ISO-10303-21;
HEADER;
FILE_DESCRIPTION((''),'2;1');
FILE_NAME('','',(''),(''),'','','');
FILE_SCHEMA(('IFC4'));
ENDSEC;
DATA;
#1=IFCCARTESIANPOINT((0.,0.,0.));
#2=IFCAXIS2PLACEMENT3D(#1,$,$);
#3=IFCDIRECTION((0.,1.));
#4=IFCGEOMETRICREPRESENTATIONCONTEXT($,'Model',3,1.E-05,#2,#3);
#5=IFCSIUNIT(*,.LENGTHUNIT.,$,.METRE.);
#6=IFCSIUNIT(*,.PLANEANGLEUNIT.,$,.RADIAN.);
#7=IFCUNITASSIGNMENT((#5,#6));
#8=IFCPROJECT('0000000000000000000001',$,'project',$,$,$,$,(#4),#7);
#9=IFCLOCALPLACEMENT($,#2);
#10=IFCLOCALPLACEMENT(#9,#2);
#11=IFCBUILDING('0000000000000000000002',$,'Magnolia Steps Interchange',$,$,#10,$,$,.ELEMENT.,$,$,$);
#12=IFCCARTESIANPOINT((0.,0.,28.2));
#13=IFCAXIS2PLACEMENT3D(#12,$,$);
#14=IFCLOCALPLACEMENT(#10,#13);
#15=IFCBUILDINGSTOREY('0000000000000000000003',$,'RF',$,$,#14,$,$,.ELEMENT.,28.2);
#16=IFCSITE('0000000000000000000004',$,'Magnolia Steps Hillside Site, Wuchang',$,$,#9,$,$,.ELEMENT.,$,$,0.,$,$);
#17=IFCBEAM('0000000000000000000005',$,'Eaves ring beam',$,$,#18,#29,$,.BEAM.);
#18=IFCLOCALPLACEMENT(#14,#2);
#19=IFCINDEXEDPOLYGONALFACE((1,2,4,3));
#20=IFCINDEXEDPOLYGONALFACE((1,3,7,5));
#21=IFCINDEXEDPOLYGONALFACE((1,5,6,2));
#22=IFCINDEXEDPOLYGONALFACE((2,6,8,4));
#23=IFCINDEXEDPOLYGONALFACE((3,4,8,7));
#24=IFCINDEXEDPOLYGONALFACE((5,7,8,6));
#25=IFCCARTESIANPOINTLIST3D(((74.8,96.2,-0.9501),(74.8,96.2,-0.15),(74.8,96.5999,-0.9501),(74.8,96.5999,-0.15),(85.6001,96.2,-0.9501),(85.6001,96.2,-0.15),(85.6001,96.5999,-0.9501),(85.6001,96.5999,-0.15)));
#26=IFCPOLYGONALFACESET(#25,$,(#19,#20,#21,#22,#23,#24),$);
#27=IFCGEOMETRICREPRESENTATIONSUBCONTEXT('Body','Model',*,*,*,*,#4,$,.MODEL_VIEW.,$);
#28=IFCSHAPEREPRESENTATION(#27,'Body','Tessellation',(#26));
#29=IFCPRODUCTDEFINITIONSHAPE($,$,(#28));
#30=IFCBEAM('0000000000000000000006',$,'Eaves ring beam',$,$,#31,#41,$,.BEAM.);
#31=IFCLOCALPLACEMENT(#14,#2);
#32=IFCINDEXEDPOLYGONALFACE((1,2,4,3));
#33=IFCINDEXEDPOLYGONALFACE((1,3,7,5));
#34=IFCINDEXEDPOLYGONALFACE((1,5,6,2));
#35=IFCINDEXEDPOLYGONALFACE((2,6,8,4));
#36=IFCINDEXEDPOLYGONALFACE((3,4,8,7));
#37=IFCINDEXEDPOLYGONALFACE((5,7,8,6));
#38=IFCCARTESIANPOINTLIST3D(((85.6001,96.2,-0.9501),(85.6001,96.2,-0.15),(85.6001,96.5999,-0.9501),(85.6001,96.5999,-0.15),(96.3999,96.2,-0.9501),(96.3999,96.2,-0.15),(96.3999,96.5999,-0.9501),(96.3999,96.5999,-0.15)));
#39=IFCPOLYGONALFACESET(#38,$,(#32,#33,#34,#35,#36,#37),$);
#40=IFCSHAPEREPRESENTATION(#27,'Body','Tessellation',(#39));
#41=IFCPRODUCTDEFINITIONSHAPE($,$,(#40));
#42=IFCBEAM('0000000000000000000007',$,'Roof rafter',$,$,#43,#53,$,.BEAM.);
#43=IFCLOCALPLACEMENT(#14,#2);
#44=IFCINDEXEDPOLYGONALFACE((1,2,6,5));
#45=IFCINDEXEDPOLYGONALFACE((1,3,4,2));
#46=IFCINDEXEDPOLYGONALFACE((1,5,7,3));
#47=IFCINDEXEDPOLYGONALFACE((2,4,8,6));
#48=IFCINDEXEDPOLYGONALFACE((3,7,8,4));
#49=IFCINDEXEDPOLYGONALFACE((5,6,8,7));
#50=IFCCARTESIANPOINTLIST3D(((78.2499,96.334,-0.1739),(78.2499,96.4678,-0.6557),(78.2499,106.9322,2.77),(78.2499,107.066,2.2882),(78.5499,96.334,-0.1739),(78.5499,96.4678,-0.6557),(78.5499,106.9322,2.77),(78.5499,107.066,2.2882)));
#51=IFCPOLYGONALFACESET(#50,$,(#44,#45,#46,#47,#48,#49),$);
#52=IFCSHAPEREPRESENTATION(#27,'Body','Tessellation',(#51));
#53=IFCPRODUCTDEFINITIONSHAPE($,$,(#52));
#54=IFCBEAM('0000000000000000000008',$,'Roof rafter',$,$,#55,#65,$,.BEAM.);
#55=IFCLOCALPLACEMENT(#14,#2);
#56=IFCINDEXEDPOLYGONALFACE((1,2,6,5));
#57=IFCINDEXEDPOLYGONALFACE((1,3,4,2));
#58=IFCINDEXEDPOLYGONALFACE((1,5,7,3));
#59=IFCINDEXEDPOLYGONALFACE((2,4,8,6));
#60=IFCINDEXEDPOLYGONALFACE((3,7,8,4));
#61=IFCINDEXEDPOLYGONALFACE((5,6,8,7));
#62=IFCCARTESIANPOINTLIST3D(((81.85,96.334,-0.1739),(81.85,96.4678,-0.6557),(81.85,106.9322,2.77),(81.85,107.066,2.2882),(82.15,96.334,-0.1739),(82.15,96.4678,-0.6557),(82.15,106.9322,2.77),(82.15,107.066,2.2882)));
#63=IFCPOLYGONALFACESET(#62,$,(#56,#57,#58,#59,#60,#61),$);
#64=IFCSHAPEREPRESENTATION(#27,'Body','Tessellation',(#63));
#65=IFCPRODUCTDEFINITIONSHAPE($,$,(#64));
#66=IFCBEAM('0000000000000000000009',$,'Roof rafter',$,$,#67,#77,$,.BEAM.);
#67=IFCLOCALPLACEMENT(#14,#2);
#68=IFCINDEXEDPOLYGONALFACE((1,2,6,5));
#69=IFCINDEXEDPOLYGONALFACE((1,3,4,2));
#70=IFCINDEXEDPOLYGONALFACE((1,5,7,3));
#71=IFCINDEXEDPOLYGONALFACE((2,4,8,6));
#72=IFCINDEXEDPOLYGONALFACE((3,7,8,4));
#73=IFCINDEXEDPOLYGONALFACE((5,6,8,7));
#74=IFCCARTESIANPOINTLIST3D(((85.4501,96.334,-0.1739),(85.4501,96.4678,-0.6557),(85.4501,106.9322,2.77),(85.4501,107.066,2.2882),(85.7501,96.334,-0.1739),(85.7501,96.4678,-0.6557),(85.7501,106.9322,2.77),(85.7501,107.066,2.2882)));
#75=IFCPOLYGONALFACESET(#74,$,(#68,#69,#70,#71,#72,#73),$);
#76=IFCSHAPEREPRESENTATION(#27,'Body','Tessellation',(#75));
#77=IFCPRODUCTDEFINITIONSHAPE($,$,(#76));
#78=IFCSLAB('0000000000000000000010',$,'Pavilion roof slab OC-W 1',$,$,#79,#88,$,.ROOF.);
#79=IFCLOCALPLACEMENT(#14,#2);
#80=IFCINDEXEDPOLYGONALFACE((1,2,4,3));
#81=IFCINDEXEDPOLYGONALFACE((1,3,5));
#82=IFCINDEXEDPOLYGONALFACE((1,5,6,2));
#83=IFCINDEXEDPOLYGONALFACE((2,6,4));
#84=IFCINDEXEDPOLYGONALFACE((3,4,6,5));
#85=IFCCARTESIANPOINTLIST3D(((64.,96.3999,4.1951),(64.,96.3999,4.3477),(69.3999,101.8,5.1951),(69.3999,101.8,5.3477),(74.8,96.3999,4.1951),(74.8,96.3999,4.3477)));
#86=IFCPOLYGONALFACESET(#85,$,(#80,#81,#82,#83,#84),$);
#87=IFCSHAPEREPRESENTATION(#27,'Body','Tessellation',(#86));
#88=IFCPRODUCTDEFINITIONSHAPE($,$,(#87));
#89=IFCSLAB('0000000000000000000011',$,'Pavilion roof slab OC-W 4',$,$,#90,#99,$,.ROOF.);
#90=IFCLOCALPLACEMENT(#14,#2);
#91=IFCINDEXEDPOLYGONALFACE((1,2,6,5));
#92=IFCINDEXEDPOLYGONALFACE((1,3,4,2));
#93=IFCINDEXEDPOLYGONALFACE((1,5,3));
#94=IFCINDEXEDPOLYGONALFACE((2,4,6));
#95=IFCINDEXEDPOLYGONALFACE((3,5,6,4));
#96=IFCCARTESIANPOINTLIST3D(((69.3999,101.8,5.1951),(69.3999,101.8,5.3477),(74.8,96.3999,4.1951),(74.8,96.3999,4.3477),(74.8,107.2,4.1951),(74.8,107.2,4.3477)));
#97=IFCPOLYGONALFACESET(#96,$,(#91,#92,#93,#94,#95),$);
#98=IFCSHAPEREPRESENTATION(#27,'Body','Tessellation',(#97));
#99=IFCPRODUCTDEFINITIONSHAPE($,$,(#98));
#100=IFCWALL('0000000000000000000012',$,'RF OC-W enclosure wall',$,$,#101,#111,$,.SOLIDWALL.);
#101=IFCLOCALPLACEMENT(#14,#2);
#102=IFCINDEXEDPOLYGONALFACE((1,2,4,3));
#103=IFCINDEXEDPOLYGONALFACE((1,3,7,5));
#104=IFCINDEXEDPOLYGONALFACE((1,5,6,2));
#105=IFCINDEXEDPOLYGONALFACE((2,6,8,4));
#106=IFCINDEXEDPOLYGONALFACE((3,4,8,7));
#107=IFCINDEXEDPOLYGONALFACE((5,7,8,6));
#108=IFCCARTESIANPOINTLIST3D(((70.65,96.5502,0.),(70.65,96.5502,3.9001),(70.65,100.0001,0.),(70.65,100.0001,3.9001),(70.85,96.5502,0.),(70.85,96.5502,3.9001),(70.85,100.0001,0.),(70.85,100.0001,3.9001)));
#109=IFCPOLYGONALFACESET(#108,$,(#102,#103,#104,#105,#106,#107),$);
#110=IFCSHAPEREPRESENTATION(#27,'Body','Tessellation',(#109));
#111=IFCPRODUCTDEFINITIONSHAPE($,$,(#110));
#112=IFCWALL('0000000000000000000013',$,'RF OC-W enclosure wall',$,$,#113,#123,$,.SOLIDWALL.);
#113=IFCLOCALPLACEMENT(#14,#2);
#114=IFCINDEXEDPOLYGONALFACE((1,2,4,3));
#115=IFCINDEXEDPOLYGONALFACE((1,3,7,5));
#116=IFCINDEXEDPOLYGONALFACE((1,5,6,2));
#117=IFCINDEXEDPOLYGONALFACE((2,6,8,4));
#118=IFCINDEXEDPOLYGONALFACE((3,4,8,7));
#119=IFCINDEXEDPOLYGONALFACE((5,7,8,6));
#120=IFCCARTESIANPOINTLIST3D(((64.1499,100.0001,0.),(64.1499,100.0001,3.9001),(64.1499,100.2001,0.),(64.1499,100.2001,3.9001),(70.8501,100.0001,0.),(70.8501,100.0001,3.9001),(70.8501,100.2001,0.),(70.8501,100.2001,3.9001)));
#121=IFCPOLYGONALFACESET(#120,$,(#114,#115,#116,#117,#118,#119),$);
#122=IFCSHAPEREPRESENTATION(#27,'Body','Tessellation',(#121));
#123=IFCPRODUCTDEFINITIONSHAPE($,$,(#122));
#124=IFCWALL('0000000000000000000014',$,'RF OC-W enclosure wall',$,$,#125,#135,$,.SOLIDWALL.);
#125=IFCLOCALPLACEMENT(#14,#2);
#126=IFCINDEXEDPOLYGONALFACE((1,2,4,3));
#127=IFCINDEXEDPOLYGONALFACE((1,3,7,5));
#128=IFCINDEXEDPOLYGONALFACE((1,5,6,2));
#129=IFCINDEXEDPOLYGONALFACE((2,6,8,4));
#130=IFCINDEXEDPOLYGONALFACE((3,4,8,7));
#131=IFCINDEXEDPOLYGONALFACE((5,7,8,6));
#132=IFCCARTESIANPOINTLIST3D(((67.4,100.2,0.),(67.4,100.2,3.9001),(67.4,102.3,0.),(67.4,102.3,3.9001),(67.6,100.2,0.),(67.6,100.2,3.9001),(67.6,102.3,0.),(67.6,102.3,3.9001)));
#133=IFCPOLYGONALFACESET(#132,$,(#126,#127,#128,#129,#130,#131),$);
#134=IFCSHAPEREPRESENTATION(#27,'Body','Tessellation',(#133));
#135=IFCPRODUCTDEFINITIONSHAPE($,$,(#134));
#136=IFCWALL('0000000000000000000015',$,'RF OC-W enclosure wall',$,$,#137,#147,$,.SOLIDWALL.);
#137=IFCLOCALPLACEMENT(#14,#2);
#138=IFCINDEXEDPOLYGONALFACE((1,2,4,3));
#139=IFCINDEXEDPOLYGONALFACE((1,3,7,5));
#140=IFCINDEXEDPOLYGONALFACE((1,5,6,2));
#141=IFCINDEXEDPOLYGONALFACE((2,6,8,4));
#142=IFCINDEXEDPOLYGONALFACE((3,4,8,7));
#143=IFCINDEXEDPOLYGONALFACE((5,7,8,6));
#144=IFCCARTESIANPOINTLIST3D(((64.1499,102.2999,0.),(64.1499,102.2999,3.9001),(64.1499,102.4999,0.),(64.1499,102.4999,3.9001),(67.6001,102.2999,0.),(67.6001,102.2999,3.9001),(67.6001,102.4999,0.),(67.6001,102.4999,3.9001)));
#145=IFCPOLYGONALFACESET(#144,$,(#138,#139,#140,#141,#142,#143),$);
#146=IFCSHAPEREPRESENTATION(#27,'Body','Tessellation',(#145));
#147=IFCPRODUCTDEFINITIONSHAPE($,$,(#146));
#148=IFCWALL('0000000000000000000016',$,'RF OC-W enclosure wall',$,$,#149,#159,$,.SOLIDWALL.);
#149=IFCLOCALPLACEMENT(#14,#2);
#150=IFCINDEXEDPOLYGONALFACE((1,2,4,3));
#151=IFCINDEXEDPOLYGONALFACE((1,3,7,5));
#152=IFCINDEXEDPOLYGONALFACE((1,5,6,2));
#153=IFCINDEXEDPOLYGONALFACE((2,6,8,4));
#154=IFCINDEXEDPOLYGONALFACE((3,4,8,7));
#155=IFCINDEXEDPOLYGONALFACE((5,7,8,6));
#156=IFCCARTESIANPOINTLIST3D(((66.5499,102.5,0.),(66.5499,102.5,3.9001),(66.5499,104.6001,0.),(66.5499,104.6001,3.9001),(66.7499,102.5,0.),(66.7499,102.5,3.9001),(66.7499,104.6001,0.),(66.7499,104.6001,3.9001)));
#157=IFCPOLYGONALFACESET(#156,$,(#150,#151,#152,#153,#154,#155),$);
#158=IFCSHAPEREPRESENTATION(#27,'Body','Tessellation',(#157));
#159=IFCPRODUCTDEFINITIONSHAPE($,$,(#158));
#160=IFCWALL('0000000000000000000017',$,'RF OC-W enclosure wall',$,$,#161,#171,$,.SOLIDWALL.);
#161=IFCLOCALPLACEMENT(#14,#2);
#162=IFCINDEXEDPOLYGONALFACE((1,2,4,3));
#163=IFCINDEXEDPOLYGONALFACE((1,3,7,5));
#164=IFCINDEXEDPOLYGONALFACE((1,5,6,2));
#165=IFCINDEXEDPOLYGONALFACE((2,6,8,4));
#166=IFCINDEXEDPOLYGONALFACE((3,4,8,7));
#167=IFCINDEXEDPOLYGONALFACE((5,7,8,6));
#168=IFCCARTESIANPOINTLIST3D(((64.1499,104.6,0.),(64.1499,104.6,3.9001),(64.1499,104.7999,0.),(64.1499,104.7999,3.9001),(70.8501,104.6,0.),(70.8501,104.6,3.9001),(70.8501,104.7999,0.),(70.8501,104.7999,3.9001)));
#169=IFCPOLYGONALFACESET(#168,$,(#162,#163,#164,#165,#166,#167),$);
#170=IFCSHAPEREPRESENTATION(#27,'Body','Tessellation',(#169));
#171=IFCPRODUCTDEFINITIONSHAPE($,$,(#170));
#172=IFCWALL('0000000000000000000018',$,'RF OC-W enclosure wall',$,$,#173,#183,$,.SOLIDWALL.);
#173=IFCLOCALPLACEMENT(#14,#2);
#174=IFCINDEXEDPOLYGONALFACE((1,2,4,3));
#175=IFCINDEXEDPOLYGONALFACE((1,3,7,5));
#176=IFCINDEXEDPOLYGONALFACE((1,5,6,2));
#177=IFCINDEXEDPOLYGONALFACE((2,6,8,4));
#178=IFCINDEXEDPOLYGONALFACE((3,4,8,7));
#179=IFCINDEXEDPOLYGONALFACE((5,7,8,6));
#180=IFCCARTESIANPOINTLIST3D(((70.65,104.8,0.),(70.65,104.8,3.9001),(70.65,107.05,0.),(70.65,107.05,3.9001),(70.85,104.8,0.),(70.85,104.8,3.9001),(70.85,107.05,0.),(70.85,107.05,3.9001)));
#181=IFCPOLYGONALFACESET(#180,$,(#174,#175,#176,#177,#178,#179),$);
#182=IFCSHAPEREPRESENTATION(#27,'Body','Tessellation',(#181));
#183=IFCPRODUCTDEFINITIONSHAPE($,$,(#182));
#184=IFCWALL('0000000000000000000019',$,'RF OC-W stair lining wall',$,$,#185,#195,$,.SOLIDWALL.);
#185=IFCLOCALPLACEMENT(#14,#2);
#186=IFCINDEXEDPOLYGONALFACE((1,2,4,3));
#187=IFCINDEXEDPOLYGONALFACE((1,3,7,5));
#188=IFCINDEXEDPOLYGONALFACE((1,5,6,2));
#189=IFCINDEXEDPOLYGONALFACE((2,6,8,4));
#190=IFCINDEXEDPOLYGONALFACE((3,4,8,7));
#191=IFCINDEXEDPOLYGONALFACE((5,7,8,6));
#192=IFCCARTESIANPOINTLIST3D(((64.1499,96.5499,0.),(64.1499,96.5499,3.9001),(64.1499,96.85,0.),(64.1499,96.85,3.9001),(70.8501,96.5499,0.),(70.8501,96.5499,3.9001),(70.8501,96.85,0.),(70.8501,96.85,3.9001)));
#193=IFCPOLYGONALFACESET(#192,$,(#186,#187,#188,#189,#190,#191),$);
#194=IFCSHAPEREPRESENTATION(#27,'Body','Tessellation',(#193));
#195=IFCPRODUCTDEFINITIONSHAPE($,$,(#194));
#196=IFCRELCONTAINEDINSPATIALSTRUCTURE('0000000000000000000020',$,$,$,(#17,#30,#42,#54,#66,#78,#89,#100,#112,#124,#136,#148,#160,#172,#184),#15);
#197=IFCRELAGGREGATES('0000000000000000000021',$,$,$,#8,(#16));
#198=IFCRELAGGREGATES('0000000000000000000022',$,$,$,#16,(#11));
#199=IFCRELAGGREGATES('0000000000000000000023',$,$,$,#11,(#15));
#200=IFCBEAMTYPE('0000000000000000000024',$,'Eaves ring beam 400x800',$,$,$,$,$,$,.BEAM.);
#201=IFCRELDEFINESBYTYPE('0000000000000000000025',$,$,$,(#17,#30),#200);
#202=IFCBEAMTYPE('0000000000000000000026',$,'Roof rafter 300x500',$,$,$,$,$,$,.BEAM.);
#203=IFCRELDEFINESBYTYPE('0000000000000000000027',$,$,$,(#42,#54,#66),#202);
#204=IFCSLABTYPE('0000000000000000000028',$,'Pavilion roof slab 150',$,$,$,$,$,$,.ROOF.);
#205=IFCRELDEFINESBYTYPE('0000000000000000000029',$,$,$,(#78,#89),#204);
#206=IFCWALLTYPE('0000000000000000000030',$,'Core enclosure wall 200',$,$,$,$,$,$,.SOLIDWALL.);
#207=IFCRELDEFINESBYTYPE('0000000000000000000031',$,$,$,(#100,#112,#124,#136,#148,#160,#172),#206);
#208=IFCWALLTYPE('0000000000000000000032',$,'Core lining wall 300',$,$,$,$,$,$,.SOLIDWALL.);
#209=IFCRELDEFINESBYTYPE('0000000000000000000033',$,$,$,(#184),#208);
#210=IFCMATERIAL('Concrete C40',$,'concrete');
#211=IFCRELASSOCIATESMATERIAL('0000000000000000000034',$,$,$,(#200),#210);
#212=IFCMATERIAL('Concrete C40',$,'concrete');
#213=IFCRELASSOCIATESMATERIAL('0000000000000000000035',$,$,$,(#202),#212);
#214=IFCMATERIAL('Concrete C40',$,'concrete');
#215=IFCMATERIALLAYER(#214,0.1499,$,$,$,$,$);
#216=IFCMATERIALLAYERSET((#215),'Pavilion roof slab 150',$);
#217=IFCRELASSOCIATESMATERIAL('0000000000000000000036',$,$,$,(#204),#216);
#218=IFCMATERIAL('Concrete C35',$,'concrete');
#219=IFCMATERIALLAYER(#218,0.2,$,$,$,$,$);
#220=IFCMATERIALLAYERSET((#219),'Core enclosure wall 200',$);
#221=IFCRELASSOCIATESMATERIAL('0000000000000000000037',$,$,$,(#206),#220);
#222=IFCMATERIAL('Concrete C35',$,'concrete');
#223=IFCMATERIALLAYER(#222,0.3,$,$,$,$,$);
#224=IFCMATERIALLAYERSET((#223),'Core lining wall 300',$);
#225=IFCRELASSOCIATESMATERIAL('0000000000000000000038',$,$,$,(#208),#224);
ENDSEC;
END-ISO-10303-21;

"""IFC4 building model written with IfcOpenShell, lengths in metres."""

from ifc_helpers import new_model, si_unit, direction, frame, frame_2d, origin, origin_2d, place, context, subcontext, project, spatial, polyline, rectangle, outline, extrude, material, layer, layer_set, material_profile, profile_set, type_object, element, save


model = new_model("IFC4")

# Units and contexts
model_context = context("Model", 3, precision=1e-05, world=origin(), true_north=direction((0.0, 1.0)))
body_context = subcontext(model_context, "Body", "Model", "MODEL_VIEW")
ifc_project = project(units=[si_unit("LENGTHUNIT", "METRE"), si_unit("PLANEANGLEUNIT", "RADIAN")], contexts=[model_context])

# Site, building, storey
site_placement = place(None, origin())
site = spatial("IfcSite", under=ifc_project, at=site_placement, Name="Magnolia Steps Hillside Site, Wuchang", CompositionType="ELEMENT", RefElevation=0.0)
building_placement = place(site_placement, origin())
building = spatial("IfcBuilding", under=site, at=building_placement, Name="Magnolia Steps Interchange", CompositionType="ELEMENT")
storey_placement = place(building_placement, frame((0.0, 0.0, 28.2)))
storey = spatial("IfcBuildingStorey", under=building, at=storey_placement, Name="RF", CompositionType="ELEMENT", Elevation=28.2)

# Beams
ifc_material_1 = material(Name="Concrete C40", Category="concrete")
ifc_material_profile_1 = material_profile(ifc_material_1, rectangle(XDim=0.3999, YDim=0.8, at=origin_2d()), Name="RC400x800")
ifc_profile_set_1 = profile_set([ifc_material_profile_1], Name="Concrete C40")
beam_type_1 = type_object("IfcBeamType", Name="Eaves ring beam 400x800", PredefinedType="BEAM", material=ifc_profile_set_1)
beam_1_placement = place(storey_placement, frame((74.8, 96.3999, -0.55), z_axis=(1.0, 0.0, 0.0), x_axis=(0.0, 1.0, 0.0)))
element("IfcBeam", 1, at=beam_1_placement, inside=storey, type_object=beam_type_1, Name="Eaves ring beam", PredefinedType="BEAM", context=body_context, shape_type="SweptSolid", body=[
    extrude(rectangle(XDim=0.3999, YDim=0.8, at=origin_2d()), origin(), (0.0, 0.0, 1.0), 10.8),
])
beam_2_placement = place(storey_placement, frame((85.6001, 96.3999, -0.55), z_axis=(1.0, 0.0, 0.0), x_axis=(0.0, 1.0, 0.0)))
element("IfcBeam", 2, at=beam_2_placement, inside=storey, type_object=beam_type_1, Name="Eaves ring beam", PredefinedType="BEAM", context=body_context, shape_type="SweptSolid", body=[
    extrude(rectangle(XDim=0.3999, YDim=0.8, at=origin_2d()), origin(), (0.0, 0.0, 1.0), 10.7998),
])
ifc_material_2 = material(Name="Concrete C40", Category="concrete")
ifc_material_profile_2 = material_profile(ifc_material_2, rectangle(XDim=0.3, YDim=0.5, at=origin_2d()), Name="RC300x500")
ifc_profile_set_2 = profile_set([ifc_material_profile_2], Name="Concrete C40")
beam_type_2 = type_object("IfcBeamType", Name="Roof rafter 300x500", PredefinedType="BEAM", material=ifc_profile_set_2)
for number, where, z_axis, x_axis, name in (
    (3, (78.3999, 96.4009, -0.4148), (0.0, 0.96352, 0.267637), (-1.0, 0.0, 0.0), "Roof rafter"),
    (4, (82.0, 96.4009, -0.4148), (0.0, 0.96352, 0.267637), (-1.0, 0.0, 0.0), "Roof rafter"),
    (5, (85.6001, 96.4009, -0.4148), (0.0, 0.96352, 0.267637), (-1.0, 0.0, 0.0), "Roof rafter"),
):
    element("IfcBeam", number, at=place(storey_placement, frame(where, z_axis=z_axis, x_axis=x_axis)), inside=storey, type_object=beam_type_2, Name=name, PredefinedType="BEAM", context=body_context, shape_type="SweptSolid", body=[
        extrude(rectangle(XDim=0.3, YDim=0.5, at=origin_2d()), origin(), (0.0, 0.0, 1.0), 10.9995),
    ])

# Slabs
ifc_material_3 = material(Name="Concrete C40", Category="concrete")
ifc_layer_1 = layer(ifc_material_3, 0.1499)
ifc_layer_set_1 = layer_set([ifc_layer_1], Name="Pavilion roof slab 150")
slab_type = type_object("IfcSlabType", Name="Pavilion roof slab 150", PredefinedType="ROOF", material=ifc_layer_set_1)
slab_1_placement = place(storey_placement, frame((64.0, 96.3999, 4.3477), z_axis=(0.0, -0.182084, 0.983283), x_axis=(1.0, 0.0, 0.0)))
element("IfcSlab", 6, at=slab_1_placement, inside=storey, type_object=slab_type, Name="Pavilion roof slab OC-W 1", PredefinedType="ROOF", context=body_context, shape_type="SweptSolid", body=[
    extrude(outline(polyline([(0.0, 0.0), (10.8, 0.0), (5.3999, 5.492), (0.0, 0.0)])), origin(), (0.0, -0.182084, -0.983283), 0.1526),
])
slab_2_placement = place(storey_placement, frame((74.8, 96.3999, 4.3477), z_axis=(0.182084, 0.0, 0.983283), x_axis=(0.0, 1.0, 0.0)))
element("IfcSlab", 7, at=slab_2_placement, inside=storey, type_object=slab_type, Name="Pavilion roof slab OC-W 4", PredefinedType="ROOF", context=body_context, shape_type="SweptSolid", body=[
    extrude(outline(polyline([(0.0, 0.0), (10.8, 0.0), (5.4001, 5.492), (0.0, 0.0)])), origin(), (0.0, -0.182084, -0.983283), 0.1526),
])

# Walls
ifc_material_4 = material(Name="Concrete C35", Category="concrete")
ifc_layer_2 = layer(ifc_material_4, 0.2)
ifc_layer_set_2 = layer_set([ifc_layer_2], Name="Core enclosure wall 200")
wall_type_1 = type_object("IfcWallType", Name="Core enclosure wall 200", PredefinedType="SOLIDWALL", material=ifc_layer_set_2)
wall_1_placement = place(storey_placement, frame((70.75, 96.55, 0.0), z_axis=(0.0, 0.0, 1.0), x_axis=(0.0, 1.0, 0.0)))
element("IfcWall", 8, at=wall_1_placement, inside=storey, type_object=wall_type_1, Name="RF OC-W enclosure wall", PredefinedType="SOLIDWALL", context=body_context, shape_type="SweptSolid", body=[
    extrude(rectangle(XDim=3.45, YDim=0.2, at=frame_2d((1.7251, 0.0))), origin(), (0.0, 0.0, 1.0), 3.9001),
])
wall_2_placement = place(storey_placement, frame((70.8501, 100.1001, 0.0), z_axis=(0.0, 0.0, 1.0), x_axis=(-1.0, 0.0, 0.0)))
element("IfcWall", 9, at=wall_2_placement, inside=storey, type_object=wall_type_1, Name="RF OC-W enclosure wall", PredefinedType="SOLIDWALL", context=body_context, shape_type="SweptSolid", body=[
    extrude(rectangle(XDim=6.7002, YDim=0.2, at=frame_2d((3.3501, 0.0))), origin(), (0.0, 0.0, 1.0), 3.9001),
])
wall_3_placement = place(storey_placement, frame((67.5, 100.2, 0.0), z_axis=(0.0, 0.0, 1.0), x_axis=(0.0, 1.0, 0.0)))
element("IfcWall", 10, at=wall_3_placement, inside=storey, type_object=wall_type_1, Name="RF OC-W enclosure wall", PredefinedType="SOLIDWALL", context=body_context, shape_type="SweptSolid", body=[
    extrude(rectangle(XDim=2.1001, YDim=0.2, at=frame_2d((1.05, 0.0))), origin(), (0.0, 0.0, 1.0), 3.9001),
])
wall_4_placement = place(storey_placement, frame((67.6001, 102.3999, 0.0), z_axis=(0.0, 0.0, 1.0), x_axis=(-1.0, 0.0, 0.0)))
element("IfcWall", 11, at=wall_4_placement, inside=storey, type_object=wall_type_1, Name="RF OC-W enclosure wall", PredefinedType="SOLIDWALL", context=body_context, shape_type="SweptSolid", body=[
    extrude(rectangle(XDim=3.4502, YDim=0.2, at=frame_2d((1.7251, 0.0))), origin(), (0.0, 0.0, 1.0), 3.9001),
])
wall_5_placement = place(storey_placement, frame((66.6499, 102.5, 0.0), z_axis=(0.0, 0.0, 1.0), x_axis=(0.0, 1.0, 0.0)))
element("IfcWall", 12, at=wall_5_placement, inside=storey, type_object=wall_type_1, Name="RF OC-W enclosure wall", PredefinedType="SOLIDWALL", context=body_context, shape_type="SweptSolid", body=[
    extrude(rectangle(XDim=2.1001, YDim=0.2, at=frame_2d((1.05, 0.0))), origin(), (0.0, 0.0, 1.0), 3.9001),
])
wall_6_placement = place(storey_placement, frame((70.8501, 104.7, 0.0), z_axis=(0.0, 0.0, 1.0), x_axis=(-1.0, 0.0, 0.0)))
element("IfcWall", 13, at=wall_6_placement, inside=storey, type_object=wall_type_1, Name="RF OC-W enclosure wall", PredefinedType="SOLIDWALL", context=body_context, shape_type="SweptSolid", body=[
    extrude(rectangle(XDim=6.7002, YDim=0.2, at=frame_2d((3.3501, 0.0))), origin(), (0.0, 0.0, 1.0), 3.9001),
])
wall_7_placement = place(storey_placement, frame((70.75, 104.8, 0.0), z_axis=(0.0, 0.0, 1.0), x_axis=(0.0, 1.0, 0.0)))
element("IfcWall", 14, at=wall_7_placement, inside=storey, type_object=wall_type_1, Name="RF OC-W enclosure wall", PredefinedType="SOLIDWALL", context=body_context, shape_type="SweptSolid", body=[
    extrude(rectangle(XDim=2.25, YDim=0.2, at=frame_2d((1.125, 0.0))), origin(), (0.0, 0.0, 1.0), 3.9001),
])
ifc_material_5 = material(Name="Concrete C35", Category="concrete")
ifc_layer_3 = layer(ifc_material_5, 0.3)
ifc_layer_set_3 = layer_set([ifc_layer_3], Name="Core lining wall 300")
wall_type_2 = type_object("IfcWallType", Name="Core lining wall 300", PredefinedType="SOLIDWALL", material=ifc_layer_set_3)
wall_8_placement = place(storey_placement, frame((70.8501, 96.7, 0.0), z_axis=(0.0, 0.0, 1.0), x_axis=(-1.0, 0.0, 0.0)))
element("IfcWall", 15, at=wall_8_placement, inside=storey, type_object=wall_type_2, Name="RF OC-W stair lining wall", PredefinedType="SOLIDWALL", context=body_context, shape_type="SweptSolid", body=[
    extrude(rectangle(XDim=6.7002, YDim=0.3, at=frame_2d((3.3501, 0.0))), origin(), (0.0, 0.0, 1.0), 3.9001),
])

save(model, "model.ifc")
